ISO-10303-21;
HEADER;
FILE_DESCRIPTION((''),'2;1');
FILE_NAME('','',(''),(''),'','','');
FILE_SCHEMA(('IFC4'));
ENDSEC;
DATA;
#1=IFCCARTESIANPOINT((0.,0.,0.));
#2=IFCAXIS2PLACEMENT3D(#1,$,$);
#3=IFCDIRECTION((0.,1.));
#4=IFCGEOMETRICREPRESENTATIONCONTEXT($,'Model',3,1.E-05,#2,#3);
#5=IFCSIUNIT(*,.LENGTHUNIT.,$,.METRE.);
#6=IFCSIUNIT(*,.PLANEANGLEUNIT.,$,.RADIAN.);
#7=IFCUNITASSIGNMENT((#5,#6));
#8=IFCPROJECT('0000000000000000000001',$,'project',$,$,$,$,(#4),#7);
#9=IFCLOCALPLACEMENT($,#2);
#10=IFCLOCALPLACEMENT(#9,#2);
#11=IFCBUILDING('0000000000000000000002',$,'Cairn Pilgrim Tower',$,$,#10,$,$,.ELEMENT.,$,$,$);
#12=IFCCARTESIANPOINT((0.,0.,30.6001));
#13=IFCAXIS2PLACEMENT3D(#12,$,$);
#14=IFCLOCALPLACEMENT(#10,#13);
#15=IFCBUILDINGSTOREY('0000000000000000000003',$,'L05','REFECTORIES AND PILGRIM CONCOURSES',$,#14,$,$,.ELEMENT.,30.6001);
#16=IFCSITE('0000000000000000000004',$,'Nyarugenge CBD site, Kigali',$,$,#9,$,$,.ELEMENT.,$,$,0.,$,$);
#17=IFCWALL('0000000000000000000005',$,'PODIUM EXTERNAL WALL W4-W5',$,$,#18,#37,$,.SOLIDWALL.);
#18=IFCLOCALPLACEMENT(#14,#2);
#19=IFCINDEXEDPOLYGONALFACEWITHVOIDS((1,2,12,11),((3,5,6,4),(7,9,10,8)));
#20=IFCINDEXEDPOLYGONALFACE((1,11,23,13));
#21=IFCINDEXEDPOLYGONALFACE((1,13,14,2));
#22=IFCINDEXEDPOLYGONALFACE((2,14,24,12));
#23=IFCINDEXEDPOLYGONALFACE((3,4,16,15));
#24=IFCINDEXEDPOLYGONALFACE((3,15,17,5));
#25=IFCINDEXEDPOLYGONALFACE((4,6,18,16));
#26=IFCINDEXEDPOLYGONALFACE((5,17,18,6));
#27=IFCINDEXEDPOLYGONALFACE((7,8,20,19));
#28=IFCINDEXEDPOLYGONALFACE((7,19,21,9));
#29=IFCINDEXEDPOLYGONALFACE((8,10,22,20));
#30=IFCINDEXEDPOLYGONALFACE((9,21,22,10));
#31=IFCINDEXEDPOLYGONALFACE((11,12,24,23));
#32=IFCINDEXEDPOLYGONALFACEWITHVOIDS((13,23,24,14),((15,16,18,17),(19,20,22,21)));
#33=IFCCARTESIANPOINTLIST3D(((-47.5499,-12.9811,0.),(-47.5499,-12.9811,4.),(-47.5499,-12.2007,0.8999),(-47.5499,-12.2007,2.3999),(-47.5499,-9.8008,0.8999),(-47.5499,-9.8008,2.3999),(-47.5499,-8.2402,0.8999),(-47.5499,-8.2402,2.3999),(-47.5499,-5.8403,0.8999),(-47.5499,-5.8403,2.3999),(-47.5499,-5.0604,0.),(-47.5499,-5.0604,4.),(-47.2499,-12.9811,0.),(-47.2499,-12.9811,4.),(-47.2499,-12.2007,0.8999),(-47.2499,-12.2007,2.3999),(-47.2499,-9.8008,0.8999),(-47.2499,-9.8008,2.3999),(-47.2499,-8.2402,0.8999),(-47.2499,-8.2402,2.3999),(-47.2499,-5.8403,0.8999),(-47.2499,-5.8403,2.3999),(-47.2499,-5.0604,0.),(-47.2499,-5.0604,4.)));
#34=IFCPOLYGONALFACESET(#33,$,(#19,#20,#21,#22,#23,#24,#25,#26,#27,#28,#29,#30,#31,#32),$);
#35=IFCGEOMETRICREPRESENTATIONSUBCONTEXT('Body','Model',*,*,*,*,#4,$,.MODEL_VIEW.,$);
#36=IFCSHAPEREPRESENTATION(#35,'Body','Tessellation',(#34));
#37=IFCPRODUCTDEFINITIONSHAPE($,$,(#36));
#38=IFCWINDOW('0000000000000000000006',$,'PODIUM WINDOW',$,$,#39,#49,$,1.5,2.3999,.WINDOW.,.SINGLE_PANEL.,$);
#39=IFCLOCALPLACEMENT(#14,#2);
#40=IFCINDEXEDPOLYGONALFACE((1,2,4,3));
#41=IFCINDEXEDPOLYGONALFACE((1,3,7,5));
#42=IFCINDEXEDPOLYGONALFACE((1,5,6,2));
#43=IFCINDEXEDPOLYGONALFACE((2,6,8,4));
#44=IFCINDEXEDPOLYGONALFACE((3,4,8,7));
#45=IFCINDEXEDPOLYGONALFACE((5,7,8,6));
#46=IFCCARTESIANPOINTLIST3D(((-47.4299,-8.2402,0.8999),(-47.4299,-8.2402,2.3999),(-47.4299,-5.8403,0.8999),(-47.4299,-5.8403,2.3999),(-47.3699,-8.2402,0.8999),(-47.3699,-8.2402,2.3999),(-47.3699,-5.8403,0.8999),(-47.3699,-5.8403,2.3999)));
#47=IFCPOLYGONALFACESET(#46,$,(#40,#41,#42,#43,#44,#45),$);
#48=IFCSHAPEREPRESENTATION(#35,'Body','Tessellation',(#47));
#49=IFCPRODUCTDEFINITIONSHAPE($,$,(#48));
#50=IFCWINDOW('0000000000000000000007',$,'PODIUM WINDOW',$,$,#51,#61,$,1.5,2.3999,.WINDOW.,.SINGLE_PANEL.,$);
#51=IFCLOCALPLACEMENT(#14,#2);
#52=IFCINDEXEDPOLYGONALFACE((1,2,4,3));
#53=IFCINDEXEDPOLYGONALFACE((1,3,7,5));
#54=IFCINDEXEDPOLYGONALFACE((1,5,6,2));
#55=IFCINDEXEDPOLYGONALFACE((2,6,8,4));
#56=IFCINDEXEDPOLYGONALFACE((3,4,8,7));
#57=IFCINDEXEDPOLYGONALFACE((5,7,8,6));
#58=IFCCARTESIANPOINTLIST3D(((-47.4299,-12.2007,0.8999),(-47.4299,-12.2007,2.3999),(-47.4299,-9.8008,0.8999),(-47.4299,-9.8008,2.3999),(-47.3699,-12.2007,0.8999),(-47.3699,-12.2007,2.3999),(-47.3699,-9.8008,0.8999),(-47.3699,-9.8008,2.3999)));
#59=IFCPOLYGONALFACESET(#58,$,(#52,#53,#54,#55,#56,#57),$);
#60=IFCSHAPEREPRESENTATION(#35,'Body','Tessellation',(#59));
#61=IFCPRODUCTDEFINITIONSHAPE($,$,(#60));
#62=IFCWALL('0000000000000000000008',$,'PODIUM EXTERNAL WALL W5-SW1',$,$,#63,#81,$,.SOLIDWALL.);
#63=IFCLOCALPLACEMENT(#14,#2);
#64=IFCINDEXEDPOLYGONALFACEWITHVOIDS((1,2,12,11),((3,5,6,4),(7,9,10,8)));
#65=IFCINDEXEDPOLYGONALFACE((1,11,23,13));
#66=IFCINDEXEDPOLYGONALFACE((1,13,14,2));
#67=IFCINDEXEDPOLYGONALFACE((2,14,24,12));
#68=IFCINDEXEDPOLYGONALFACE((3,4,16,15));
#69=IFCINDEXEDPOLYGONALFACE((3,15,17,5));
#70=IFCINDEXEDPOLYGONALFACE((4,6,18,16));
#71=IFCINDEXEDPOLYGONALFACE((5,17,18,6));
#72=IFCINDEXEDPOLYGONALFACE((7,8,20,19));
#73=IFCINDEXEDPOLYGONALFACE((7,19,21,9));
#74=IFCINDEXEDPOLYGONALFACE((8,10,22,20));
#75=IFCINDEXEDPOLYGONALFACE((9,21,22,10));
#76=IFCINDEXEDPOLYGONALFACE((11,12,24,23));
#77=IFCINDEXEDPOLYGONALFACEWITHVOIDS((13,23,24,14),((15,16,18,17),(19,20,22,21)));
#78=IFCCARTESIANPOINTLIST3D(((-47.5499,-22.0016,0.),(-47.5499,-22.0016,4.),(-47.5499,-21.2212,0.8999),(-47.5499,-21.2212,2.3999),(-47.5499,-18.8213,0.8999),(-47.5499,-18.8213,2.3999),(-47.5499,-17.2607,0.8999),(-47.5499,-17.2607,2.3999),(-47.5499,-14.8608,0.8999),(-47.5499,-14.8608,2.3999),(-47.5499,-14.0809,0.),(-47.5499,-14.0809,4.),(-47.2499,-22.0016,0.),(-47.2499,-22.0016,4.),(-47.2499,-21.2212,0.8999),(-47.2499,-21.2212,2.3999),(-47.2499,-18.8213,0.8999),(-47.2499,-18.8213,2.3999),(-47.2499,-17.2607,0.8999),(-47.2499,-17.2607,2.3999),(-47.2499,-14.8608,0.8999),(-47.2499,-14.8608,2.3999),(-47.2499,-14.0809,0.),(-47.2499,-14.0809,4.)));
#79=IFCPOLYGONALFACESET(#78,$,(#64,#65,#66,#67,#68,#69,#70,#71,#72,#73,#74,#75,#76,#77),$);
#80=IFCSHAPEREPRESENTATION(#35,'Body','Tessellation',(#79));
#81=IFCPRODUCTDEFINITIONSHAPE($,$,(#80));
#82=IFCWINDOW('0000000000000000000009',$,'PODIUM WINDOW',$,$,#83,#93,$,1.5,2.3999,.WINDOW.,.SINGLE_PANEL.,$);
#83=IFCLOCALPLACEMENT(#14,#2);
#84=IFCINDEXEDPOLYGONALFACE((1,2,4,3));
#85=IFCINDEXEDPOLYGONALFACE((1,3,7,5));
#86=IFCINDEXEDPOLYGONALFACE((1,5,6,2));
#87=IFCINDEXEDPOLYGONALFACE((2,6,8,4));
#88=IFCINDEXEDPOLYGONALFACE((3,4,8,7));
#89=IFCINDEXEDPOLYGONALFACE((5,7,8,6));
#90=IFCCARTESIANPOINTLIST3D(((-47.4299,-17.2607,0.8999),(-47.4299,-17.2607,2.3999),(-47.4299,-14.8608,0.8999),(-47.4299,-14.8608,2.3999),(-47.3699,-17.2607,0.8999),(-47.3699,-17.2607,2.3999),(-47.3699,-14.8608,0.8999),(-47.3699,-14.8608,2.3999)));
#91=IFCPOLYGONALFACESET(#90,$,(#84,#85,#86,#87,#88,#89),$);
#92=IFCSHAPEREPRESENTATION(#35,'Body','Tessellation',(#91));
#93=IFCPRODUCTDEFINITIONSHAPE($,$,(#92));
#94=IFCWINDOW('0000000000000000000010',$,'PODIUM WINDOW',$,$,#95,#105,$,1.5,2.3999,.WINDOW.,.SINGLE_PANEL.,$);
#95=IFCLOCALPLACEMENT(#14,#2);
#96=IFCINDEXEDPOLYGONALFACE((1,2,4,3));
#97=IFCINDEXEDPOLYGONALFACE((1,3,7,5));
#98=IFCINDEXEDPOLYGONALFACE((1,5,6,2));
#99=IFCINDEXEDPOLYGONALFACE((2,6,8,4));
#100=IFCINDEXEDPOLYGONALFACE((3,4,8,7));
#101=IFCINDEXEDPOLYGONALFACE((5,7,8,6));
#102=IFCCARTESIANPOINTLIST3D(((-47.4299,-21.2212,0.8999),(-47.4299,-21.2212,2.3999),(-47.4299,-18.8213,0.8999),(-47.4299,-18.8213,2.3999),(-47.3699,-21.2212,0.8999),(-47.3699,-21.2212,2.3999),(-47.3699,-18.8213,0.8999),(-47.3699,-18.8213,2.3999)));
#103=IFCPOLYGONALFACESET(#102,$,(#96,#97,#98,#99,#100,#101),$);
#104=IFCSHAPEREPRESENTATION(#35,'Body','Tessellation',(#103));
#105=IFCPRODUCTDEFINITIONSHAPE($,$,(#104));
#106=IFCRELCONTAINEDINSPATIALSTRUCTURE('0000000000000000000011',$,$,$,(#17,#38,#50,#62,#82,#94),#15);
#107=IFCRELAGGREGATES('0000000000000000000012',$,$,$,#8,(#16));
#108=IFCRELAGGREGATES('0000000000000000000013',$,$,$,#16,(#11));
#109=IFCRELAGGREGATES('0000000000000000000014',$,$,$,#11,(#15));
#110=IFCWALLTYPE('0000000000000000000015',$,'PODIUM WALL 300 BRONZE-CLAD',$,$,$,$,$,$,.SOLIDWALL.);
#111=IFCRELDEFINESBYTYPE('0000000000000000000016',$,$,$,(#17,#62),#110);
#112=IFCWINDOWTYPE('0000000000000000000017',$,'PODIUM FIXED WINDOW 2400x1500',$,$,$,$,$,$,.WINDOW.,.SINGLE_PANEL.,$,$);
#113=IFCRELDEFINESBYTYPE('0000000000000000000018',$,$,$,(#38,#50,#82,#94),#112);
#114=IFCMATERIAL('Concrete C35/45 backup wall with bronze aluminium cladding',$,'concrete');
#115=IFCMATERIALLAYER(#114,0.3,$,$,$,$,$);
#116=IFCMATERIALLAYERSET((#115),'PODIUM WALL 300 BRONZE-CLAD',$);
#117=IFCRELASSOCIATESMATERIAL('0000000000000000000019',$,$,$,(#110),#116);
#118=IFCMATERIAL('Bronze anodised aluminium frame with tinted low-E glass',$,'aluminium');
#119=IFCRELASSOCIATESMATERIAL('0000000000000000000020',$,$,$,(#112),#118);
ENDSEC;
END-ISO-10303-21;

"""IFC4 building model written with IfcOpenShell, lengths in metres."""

from ifc_helpers import new_model, si_unit, direction, frame, frame_2d, origin, place, context, subcontext, project, spatial, rectangle, extrude, material, layer, layer_set, type_object, element, fill, save


model = new_model("IFC4")

# Units and contexts
model_context = context("Model", 3, precision=1e-05, world=origin(), true_north=direction((0.0, 1.0)))
body_context = subcontext(model_context, "Body", "Model", "MODEL_VIEW")
ifc_project = project(units=[si_unit("LENGTHUNIT", "METRE"), si_unit("PLANEANGLEUNIT", "RADIAN")], contexts=[model_context])

# Site, building, storey
site_placement = place(None, origin())
site = spatial("IfcSite", under=ifc_project, at=site_placement, Name="Nyarugenge CBD site, Kigali", CompositionType="ELEMENT", RefElevation=0.0)
building_placement = place(site_placement, origin())
building = spatial("IfcBuilding", under=site, at=building_placement, Name="Cairn Pilgrim Tower", CompositionType="ELEMENT")
storey_placement = place(building_placement, frame((0.0, 0.0, 30.6001)))
storey = spatial("IfcBuildingStorey", under=building, at=storey_placement, Name="L05", Description="REFECTORIES AND PILGRIM CONCOURSES", CompositionType="ELEMENT", Elevation=30.6001)

# Walls, openings, windows
ifc_material_1 = material(Name="Concrete C35/45 backup wall with bronze aluminium cladding", Category="concrete")
ifc_layer_1 = layer(ifc_material_1, 0.3)
ifc_layer_set_1 = layer_set([ifc_layer_1], Name="PODIUM WALL 300 BRONZE-CLAD")
wall_type_1 = type_object("IfcWallType", Name="PODIUM WALL 300 BRONZE-CLAD", PredefinedType="SOLIDWALL", material=ifc_layer_set_1)
wall_1_placement = place(storey_placement, frame((-47.3999, -5.0603, 0.0), z_axis=(0.0, 0.0, 1.0), x_axis=(0.0, -1.0, 0.0)))
wall_1 = element("IfcWall", 1, at=wall_1_placement, inside=storey, type_object=wall_type_1, Name="PODIUM EXTERNAL WALL W4-W5", PredefinedType="SOLIDWALL", context=body_context, shape_type="SweptSolid", body=[
    extrude(rectangle(XDim=7.9207, YDim=0.3, at=frame_2d((3.9604, 0.0))), origin(), (0.0, 0.0, 1.0), 4.0),
])
opening_1_placement = place(wall_1_placement, frame((0.78, 0.0, 0.8999)))
opening_1 = element("IfcOpeningElement", 2, at=opening_1_placement, cuts=wall_1, PredefinedType="OPENING", context=body_context, shape_type="SweptSolid", body=[
    extrude(rectangle(XDim=2.3999, YDim=1.5, at=frame_2d((1.2, 0.75))), frame((0.0, 0.1602, 0.0), z_axis=(0.0, -1.0, 0.0), x_axis=(1.0, 0.0, 0.0)), (0.0, 0.0, 1.0), 0.3201),
])
opening_2_placement = place(wall_1_placement, frame((4.7405, 0.0, 0.8999)))
opening_2 = element("IfcOpeningElement", 3, at=opening_2_placement, cuts=wall_1, PredefinedType="OPENING", context=body_context, shape_type="SweptSolid", body=[
    extrude(rectangle(XDim=2.3999, YDim=1.5, at=frame_2d((1.2, 0.75))), frame((0.0, 0.1602, 0.0), z_axis=(0.0, -1.0, 0.0), x_axis=(1.0, 0.0, 0.0)), (0.0, 0.0, 1.0), 0.3201),
])
ifc_material_2 = material(Name="Bronze anodised aluminium frame with tinted low-E glass", Category="aluminium")
window_type = type_object("IfcWindowType", Name="PODIUM FIXED WINDOW 2400x1500", PartitioningType="SINGLE_PANEL", PredefinedType="WINDOW", material=ifc_material_2)
window_1_placement = place(opening_1_placement, origin())
window_1 = element("IfcWindow", 4, at=window_1_placement, inside=storey, type_object=window_type, Name="PODIUM WINDOW", OverallHeight=1.5, OverallWidth=2.3999, PartitioningType="SINGLE_PANEL", PredefinedType="WINDOW", context=body_context, shape_type="SweptSolid", body=[
    extrude(rectangle(XDim=2.3999, YDim=1.5, at=frame_2d((1.2, 0.75))), frame((0.0, 0.03, 0.0), z_axis=(0.0, -1.0, 0.0), x_axis=(1.0, 0.0, 0.0)), (0.0, 0.0, 1.0), 0.0601),
])
fill(opening_1, window_1)
window_2_placement = place(opening_2_placement, origin())
window_2 = element("IfcWindow", 5, at=window_2_placement, inside=storey, type_object=window_type, Name="PODIUM WINDOW", OverallHeight=1.5, OverallWidth=2.3999, PartitioningType="SINGLE_PANEL", PredefinedType="WINDOW", context=body_context, shape_type="SweptSolid", body=[
    extrude(rectangle(XDim=2.3999, YDim=1.5, at=frame_2d((1.2, 0.75))), frame((0.0, 0.03, 0.0), z_axis=(0.0, -1.0, 0.0), x_axis=(1.0, 0.0, 0.0)), (0.0, 0.0, 1.0), 0.0601),
])
fill(opening_2, window_2)
wall_2_placement = place(storey_placement, frame((-47.3999, -14.0808, 0.0), z_axis=(0.0, 0.0, 1.0), x_axis=(0.0, -1.0, 0.0)))
wall_2 = element("IfcWall", 6, at=wall_2_placement, inside=storey, type_object=wall_type_1, Name="PODIUM EXTERNAL WALL W5-SW1", PredefinedType="SOLIDWALL", context=body_context, shape_type="SweptSolid", body=[
    extrude(rectangle(XDim=7.9207, YDim=0.3, at=frame_2d((3.9604, 0.0))), origin(), (0.0, 0.0, 1.0), 4.0),
])
opening_3_placement = place(wall_2_placement, frame((0.78, 0.0, 0.8999)))
opening_3 = element("IfcOpeningElement", 7, at=opening_3_placement, cuts=wall_2, PredefinedType="OPENING", context=body_context, shape_type="SweptSolid", body=[
    extrude(rectangle(XDim=2.3999, YDim=1.5, at=frame_2d((1.2, 0.75))), frame((0.0, 0.1602, 0.0), z_axis=(0.0, -1.0, 0.0), x_axis=(1.0, 0.0, 0.0)), (0.0, 0.0, 1.0), 0.3201),
])
opening_4_placement = place(wall_2_placement, frame((4.7405, 0.0, 0.8999)))
opening_4 = element("IfcOpeningElement", 8, at=opening_4_placement, cuts=wall_2, PredefinedType="OPENING", context=body_context, shape_type="SweptSolid", body=[
    extrude(rectangle(XDim=2.3999, YDim=1.5, at=frame_2d((1.2, 0.75))), frame((0.0, 0.1602, 0.0), z_axis=(0.0, -1.0, 0.0), x_axis=(1.0, 0.0, 0.0)), (0.0, 0.0, 1.0), 0.3201),
])
window_3_placement = place(opening_3_placement, origin())
window_3 = element("IfcWindow", 9, at=window_3_placement, inside=storey, type_object=window_type, Name="PODIUM WINDOW", OverallHeight=1.5, OverallWidth=2.3999, PartitioningType="SINGLE_PANEL", PredefinedType="WINDOW", context=body_context, shape_type="SweptSolid", body=[
    extrude(rectangle(XDim=2.3999, YDim=1.5, at=frame_2d((1.2, 0.75))), frame((0.0, 0.03, 0.0), z_axis=(0.0, -1.0, 0.0), x_axis=(1.0, 0.0, 0.0)), (0.0, 0.0, 1.0), 0.0601),
])
fill(opening_3, window_3)
window_4_placement = place(opening_4_placement, origin())
window_4 = element("IfcWindow", 10, at=window_4_placement, inside=storey, type_object=window_type, Name="PODIUM WINDOW", OverallHeight=1.5, OverallWidth=2.3999, PartitioningType="SINGLE_PANEL", PredefinedType="WINDOW", context=body_context, shape_type="SweptSolid", body=[
    extrude(rectangle(XDim=2.3999, YDim=1.5, at=frame_2d((1.2, 0.75))), frame((0.0, 0.03, 0.0), z_axis=(0.0, -1.0, 0.0), x_axis=(1.0, 0.0, 0.0)), (0.0, 0.0, 1.0), 0.0601),
])
fill(opening_4, window_4)

save(model, "model.ifc")
